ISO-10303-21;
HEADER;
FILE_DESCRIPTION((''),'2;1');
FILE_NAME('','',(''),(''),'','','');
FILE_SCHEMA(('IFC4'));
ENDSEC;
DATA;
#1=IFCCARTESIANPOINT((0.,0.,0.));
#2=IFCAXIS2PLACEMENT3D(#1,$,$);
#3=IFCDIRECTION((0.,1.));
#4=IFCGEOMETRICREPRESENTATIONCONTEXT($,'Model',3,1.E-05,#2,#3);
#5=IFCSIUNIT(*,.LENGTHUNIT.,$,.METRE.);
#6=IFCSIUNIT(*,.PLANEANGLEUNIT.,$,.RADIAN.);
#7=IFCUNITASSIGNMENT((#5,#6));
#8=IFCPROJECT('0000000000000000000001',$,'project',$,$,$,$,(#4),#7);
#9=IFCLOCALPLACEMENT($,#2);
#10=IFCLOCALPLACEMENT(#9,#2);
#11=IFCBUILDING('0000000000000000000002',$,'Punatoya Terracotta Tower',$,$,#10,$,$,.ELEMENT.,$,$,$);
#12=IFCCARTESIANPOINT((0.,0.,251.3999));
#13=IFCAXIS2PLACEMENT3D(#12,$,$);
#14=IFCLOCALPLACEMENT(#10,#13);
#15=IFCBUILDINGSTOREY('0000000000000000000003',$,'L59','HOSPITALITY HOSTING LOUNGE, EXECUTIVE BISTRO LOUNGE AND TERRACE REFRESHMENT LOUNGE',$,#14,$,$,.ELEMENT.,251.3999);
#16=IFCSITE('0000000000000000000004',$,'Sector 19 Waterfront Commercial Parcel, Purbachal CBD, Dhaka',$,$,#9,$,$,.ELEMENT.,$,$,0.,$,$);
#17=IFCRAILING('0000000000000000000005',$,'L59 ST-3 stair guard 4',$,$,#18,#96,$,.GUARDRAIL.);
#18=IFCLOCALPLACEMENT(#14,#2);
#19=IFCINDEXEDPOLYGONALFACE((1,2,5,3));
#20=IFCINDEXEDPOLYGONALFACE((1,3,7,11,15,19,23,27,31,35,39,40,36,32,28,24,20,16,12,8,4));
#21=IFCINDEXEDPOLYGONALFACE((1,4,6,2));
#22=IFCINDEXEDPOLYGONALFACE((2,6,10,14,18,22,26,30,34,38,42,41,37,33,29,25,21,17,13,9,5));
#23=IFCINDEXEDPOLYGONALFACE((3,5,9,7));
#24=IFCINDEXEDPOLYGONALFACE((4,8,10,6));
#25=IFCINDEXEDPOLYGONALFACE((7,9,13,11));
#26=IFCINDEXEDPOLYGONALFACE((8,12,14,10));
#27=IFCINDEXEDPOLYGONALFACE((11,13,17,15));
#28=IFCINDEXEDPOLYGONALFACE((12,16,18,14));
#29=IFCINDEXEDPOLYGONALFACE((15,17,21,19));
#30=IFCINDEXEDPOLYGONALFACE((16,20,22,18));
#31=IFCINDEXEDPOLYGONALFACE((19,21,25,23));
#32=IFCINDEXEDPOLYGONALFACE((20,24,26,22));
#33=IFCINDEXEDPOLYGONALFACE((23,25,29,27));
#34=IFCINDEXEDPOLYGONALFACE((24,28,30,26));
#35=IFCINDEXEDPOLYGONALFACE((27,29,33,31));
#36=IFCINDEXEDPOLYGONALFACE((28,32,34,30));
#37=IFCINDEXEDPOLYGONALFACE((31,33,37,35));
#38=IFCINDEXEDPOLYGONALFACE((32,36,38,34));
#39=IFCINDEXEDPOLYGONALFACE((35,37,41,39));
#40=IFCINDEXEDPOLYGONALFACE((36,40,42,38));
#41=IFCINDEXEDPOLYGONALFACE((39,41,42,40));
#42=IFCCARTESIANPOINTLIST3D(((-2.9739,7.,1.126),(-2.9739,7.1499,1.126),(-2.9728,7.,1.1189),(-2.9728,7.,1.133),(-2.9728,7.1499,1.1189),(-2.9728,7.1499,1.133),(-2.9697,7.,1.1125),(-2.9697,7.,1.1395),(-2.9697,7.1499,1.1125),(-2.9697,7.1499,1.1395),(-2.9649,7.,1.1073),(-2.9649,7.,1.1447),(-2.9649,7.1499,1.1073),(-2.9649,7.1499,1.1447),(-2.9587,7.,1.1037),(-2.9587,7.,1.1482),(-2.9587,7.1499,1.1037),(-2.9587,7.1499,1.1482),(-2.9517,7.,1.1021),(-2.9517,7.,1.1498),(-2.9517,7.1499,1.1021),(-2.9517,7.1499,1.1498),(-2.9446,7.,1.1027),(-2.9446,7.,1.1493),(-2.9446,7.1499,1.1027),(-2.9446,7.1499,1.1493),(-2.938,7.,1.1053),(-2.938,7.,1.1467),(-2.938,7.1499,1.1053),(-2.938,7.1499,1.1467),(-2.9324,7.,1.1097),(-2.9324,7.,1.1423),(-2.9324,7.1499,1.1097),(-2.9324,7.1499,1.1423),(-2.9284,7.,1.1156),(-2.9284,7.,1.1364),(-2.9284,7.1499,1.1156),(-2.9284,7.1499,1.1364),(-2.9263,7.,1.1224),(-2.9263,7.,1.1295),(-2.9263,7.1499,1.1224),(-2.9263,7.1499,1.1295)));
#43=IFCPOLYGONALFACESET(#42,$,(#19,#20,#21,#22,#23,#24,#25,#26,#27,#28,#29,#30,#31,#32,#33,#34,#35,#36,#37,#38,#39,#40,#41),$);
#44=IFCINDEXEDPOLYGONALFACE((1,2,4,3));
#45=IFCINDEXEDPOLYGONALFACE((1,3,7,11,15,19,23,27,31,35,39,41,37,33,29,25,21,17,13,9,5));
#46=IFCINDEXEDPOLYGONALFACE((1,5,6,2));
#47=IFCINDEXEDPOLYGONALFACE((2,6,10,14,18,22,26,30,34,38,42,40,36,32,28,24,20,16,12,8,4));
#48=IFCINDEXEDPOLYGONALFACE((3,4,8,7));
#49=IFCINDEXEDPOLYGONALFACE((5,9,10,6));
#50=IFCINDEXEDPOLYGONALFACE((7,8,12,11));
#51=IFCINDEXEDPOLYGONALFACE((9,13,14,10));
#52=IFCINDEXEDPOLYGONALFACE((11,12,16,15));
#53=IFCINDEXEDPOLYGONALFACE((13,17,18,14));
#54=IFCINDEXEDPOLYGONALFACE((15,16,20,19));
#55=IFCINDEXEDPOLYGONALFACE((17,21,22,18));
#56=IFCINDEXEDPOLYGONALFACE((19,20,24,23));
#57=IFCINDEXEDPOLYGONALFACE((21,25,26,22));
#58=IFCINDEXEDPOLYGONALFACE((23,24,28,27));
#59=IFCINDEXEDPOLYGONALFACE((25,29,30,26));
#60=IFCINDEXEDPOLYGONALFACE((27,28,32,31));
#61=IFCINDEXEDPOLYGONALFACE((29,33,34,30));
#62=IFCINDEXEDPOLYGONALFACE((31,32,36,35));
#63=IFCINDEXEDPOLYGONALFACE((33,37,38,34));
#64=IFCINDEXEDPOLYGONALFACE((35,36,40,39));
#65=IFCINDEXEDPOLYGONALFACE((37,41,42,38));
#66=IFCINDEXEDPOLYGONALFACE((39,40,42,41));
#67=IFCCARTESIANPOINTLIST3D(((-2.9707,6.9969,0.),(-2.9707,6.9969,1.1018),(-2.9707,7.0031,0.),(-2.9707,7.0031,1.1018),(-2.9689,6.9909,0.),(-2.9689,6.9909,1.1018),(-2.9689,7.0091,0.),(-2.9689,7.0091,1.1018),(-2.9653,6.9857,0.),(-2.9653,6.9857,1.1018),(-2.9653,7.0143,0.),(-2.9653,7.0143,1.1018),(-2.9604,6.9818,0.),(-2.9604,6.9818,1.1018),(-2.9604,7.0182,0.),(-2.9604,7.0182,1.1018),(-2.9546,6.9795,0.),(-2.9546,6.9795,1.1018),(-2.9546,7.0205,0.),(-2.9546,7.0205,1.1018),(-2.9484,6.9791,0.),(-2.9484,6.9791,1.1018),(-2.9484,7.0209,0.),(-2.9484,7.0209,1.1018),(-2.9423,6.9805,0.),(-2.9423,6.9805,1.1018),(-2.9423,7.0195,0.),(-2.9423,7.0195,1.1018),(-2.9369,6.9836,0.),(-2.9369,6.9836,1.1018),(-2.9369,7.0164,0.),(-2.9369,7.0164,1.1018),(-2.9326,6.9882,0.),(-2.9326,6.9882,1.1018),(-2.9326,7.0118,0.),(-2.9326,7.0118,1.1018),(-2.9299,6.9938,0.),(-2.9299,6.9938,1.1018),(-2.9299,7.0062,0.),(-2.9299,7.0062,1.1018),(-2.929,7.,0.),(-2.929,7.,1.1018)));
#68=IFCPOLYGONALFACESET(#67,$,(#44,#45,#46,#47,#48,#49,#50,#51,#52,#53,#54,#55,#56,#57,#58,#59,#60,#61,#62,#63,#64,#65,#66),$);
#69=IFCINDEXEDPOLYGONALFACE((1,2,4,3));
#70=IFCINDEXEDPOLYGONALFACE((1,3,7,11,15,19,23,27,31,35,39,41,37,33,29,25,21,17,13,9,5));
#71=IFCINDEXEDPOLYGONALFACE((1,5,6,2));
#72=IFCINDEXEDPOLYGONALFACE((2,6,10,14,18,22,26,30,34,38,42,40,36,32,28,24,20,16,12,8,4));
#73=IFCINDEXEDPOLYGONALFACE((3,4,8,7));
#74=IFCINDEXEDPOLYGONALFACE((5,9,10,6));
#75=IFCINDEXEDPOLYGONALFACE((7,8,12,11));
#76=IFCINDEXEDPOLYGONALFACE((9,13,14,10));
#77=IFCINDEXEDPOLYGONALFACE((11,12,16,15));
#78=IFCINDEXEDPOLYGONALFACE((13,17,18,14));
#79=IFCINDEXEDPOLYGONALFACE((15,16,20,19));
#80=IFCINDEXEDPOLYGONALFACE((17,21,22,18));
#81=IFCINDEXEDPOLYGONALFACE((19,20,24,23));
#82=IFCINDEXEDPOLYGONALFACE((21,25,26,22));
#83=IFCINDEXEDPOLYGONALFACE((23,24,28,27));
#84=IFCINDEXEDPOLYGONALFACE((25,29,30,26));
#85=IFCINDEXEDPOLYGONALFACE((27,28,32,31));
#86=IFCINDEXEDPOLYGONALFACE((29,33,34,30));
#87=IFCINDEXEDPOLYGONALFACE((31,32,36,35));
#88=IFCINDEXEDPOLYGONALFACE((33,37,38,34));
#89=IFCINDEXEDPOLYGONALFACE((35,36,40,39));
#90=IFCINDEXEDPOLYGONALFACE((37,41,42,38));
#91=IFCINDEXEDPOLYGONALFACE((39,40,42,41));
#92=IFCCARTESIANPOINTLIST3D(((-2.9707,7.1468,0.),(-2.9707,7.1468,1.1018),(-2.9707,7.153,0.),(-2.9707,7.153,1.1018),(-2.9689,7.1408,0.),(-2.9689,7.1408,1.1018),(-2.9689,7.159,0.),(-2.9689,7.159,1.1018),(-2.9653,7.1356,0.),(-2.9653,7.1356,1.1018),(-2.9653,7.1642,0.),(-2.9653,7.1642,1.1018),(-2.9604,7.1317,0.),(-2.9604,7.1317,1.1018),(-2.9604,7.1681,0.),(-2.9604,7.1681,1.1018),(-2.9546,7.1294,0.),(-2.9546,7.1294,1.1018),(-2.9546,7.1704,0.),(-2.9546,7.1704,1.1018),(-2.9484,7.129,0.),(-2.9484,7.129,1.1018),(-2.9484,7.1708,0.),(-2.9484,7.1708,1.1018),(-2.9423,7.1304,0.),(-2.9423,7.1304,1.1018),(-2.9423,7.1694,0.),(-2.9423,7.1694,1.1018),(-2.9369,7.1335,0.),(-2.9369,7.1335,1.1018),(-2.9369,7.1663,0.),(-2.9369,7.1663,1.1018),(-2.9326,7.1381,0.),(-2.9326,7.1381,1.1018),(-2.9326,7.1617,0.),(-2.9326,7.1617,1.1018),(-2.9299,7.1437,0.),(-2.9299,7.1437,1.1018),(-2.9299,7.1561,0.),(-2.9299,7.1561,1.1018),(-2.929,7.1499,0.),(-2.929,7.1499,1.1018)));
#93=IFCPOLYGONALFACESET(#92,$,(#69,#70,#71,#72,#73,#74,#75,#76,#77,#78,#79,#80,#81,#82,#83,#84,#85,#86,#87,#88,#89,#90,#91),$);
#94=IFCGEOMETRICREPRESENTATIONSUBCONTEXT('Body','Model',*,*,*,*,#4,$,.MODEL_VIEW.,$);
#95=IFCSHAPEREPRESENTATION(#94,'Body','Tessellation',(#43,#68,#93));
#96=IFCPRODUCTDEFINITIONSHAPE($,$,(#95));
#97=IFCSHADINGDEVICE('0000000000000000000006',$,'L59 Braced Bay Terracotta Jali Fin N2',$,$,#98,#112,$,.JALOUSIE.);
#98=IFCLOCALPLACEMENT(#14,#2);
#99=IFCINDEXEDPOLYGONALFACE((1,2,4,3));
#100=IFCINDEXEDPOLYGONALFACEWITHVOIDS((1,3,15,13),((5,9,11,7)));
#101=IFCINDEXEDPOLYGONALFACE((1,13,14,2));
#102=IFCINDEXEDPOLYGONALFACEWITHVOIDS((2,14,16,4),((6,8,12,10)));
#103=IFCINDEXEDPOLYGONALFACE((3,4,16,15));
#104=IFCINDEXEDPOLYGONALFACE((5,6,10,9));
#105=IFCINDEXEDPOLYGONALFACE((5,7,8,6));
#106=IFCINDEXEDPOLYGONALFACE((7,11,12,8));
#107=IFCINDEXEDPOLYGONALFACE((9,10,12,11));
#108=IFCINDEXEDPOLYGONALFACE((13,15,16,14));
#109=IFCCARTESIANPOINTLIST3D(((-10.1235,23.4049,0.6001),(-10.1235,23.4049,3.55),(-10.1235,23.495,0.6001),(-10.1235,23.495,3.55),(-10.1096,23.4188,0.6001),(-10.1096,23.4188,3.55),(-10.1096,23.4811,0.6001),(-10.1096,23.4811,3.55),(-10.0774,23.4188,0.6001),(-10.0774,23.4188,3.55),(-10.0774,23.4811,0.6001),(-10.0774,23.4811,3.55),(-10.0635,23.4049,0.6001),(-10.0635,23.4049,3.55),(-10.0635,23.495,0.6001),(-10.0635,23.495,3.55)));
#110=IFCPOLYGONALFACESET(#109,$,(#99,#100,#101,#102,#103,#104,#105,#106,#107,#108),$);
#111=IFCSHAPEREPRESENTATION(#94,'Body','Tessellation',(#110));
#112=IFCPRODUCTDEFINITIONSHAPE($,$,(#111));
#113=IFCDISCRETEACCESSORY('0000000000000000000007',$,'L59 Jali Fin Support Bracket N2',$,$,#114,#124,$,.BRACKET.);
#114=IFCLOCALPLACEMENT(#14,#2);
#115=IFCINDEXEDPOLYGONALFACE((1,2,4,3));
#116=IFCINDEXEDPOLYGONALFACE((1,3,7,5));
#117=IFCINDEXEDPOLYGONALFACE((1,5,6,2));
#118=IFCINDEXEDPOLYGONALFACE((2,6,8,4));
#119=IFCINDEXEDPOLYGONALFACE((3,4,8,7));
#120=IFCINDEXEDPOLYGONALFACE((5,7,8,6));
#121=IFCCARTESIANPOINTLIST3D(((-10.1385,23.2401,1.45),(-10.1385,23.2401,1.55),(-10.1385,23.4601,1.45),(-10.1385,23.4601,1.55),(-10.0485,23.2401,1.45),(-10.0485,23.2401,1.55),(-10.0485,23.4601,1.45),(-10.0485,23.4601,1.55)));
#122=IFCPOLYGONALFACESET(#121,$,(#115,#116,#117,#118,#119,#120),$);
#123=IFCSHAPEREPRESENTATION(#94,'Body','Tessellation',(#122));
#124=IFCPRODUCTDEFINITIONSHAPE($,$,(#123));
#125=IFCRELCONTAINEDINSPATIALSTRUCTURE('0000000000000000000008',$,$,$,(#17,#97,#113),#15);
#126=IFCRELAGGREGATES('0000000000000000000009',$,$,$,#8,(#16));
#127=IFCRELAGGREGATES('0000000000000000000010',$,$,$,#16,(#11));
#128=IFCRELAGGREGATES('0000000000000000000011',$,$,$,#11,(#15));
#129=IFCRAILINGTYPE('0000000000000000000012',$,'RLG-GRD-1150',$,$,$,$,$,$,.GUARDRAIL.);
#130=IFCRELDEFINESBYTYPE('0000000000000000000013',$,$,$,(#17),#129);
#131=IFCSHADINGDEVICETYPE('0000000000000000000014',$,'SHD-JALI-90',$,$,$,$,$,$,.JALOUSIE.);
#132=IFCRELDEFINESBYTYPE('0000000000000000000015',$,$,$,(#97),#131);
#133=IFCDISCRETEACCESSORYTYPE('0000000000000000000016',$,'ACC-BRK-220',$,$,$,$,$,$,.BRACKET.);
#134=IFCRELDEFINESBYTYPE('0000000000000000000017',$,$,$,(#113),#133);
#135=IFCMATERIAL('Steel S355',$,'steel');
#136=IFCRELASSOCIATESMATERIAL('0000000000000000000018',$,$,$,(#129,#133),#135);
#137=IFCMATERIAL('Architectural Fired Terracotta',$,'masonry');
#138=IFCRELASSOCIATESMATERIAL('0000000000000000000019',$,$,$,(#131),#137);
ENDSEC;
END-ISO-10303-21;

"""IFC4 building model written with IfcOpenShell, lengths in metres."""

from ifc_helpers import new_model, si_unit, direction, frame, origin, origin_2d, place, context, subcontext, project, spatial, rectangle, hollow_rectangle, circle, extrude, material, material_profile, profile_set, type_object, element, save


model = new_model("IFC4")

# Units and contexts
model_context = context("Model", 3, precision=1e-05, world=origin(), true_north=direction((0.0, 1.0)))
body_context = subcontext(model_context, "Body", "Model", "MODEL_VIEW")
ifc_project = project(units=[si_unit("LENGTHUNIT", "METRE"), si_unit("PLANEANGLEUNIT", "RADIAN")], contexts=[model_context])

# Site, building, storey
site_placement = place(None, origin())
site = spatial("IfcSite", under=ifc_project, at=site_placement, Name="Sector 19 Waterfront Commercial Parcel, Purbachal CBD, Dhaka", CompositionType="ELEMENT", RefElevation=0.0)
building_placement = place(site_placement, origin())
building = spatial("IfcBuilding", under=site, at=building_placement, Name="Punatoya Terracotta Tower", CompositionType="ELEMENT")
storey_placement = place(building_placement, frame((0.0, 0.0, 251.3999)))
storey = spatial("IfcBuildingStorey", under=building, at=storey_placement, Name="L59", Description="HOSPITALITY HOSTING LOUNGE, EXECUTIVE BISTRO LOUNGE AND TERRACE REFRESHMENT LOUNGE", CompositionType="ELEMENT", Elevation=251.3999)

# Shared definitions
ifc_material_1 = material(Name="Steel S355", Category="steel")

# Railing
railing_type = type_object("IfcRailingType", Name="RLG-GRD-1150", PredefinedType="GUARDRAIL", material=ifc_material_1)
railing_placement = place(storey_placement, frame((-2.95, 7.0, 0.0)))
element("IfcRailing", 1, at=railing_placement, inside=storey, type_object=railing_type, Name="L59 ST-3 stair guard 4", PredefinedType="GUARDRAIL", context=body_context, shape_type="SweptSolid", body=[
    extrude(circle(Radius=0.0239, at=origin_2d()), frame((0.0, 0.0, 1.126), z_axis=(0.0, 1.0, 0.0), x_axis=(-1.0, 0.0, 0.0)), (0.0, 0.0, 1.0), 0.1499),
    extrude(circle(Radius=0.021, at=origin_2d()), origin(), (0.0, 0.0, 1.0), 1.1018),
    extrude(circle(Radius=0.021, at=origin_2d()), frame((0.0, 0.1499, 0.0)), (0.0, 0.0, 1.0), 1.1018),
])

# Shading device
ifc_material_2 = material(Name="Architectural Fired Terracotta", Category="masonry")
ifc_material_profile_1 = material_profile(ifc_material_2, hollow_rectangle(XDim=0.0601, YDim=0.0901, WallThickness=0.0139, at=origin_2d()))
ifc_profile_set_1 = profile_set([ifc_material_profile_1], Name="Architectural Fired Terracotta")
shading_device_type = type_object("IfcShadingDeviceType", Name="SHD-JALI-90", PredefinedType="JALOUSIE", material=ifc_profile_set_1)
shading_device_placement = place(storey_placement, frame((-10.0935, 23.45, 0.6001), z_axis=(0.0, 0.0, 1.0), x_axis=(1.0, 0.0, 0.0)))
element("IfcShadingDevice", 2, at=shading_device_placement, inside=storey, type_object=shading_device_type, Name="L59 Braced Bay Terracotta Jali Fin N2", PredefinedType="JALOUSIE", context=body_context, shape_type="SweptSolid", body=[
    extrude(hollow_rectangle(XDim=0.0601, YDim=0.0901, WallThickness=0.0139, at=origin_2d()), origin(), (0.0, 0.0, 1.0), 2.95),
])

# Discrete accessory
discrete_accessory_type = type_object("IfcDiscreteAccessoryType", Name="ACC-BRK-220", PredefinedType="BRACKET", material=ifc_material_1)
discrete_accessory_placement = place(storey_placement, frame((-10.0935, 23.3501, 1.45), z_axis=(0.0, 0.0, 1.0), x_axis=(-1.0, 0.0, 0.0)))
element("IfcDiscreteAccessory", 3, at=discrete_accessory_placement, inside=storey, type_object=discrete_accessory_type, Name="L59 Jali Fin Support Bracket N2", PredefinedType="BRACKET", context=body_context, shape_type="SweptSolid", body=[
    extrude(rectangle(XDim=0.0901, YDim=0.22, at=origin_2d()), origin(), (0.0, 0.0, 1.0), 0.1001),
])

save(model, "model.ifc")
